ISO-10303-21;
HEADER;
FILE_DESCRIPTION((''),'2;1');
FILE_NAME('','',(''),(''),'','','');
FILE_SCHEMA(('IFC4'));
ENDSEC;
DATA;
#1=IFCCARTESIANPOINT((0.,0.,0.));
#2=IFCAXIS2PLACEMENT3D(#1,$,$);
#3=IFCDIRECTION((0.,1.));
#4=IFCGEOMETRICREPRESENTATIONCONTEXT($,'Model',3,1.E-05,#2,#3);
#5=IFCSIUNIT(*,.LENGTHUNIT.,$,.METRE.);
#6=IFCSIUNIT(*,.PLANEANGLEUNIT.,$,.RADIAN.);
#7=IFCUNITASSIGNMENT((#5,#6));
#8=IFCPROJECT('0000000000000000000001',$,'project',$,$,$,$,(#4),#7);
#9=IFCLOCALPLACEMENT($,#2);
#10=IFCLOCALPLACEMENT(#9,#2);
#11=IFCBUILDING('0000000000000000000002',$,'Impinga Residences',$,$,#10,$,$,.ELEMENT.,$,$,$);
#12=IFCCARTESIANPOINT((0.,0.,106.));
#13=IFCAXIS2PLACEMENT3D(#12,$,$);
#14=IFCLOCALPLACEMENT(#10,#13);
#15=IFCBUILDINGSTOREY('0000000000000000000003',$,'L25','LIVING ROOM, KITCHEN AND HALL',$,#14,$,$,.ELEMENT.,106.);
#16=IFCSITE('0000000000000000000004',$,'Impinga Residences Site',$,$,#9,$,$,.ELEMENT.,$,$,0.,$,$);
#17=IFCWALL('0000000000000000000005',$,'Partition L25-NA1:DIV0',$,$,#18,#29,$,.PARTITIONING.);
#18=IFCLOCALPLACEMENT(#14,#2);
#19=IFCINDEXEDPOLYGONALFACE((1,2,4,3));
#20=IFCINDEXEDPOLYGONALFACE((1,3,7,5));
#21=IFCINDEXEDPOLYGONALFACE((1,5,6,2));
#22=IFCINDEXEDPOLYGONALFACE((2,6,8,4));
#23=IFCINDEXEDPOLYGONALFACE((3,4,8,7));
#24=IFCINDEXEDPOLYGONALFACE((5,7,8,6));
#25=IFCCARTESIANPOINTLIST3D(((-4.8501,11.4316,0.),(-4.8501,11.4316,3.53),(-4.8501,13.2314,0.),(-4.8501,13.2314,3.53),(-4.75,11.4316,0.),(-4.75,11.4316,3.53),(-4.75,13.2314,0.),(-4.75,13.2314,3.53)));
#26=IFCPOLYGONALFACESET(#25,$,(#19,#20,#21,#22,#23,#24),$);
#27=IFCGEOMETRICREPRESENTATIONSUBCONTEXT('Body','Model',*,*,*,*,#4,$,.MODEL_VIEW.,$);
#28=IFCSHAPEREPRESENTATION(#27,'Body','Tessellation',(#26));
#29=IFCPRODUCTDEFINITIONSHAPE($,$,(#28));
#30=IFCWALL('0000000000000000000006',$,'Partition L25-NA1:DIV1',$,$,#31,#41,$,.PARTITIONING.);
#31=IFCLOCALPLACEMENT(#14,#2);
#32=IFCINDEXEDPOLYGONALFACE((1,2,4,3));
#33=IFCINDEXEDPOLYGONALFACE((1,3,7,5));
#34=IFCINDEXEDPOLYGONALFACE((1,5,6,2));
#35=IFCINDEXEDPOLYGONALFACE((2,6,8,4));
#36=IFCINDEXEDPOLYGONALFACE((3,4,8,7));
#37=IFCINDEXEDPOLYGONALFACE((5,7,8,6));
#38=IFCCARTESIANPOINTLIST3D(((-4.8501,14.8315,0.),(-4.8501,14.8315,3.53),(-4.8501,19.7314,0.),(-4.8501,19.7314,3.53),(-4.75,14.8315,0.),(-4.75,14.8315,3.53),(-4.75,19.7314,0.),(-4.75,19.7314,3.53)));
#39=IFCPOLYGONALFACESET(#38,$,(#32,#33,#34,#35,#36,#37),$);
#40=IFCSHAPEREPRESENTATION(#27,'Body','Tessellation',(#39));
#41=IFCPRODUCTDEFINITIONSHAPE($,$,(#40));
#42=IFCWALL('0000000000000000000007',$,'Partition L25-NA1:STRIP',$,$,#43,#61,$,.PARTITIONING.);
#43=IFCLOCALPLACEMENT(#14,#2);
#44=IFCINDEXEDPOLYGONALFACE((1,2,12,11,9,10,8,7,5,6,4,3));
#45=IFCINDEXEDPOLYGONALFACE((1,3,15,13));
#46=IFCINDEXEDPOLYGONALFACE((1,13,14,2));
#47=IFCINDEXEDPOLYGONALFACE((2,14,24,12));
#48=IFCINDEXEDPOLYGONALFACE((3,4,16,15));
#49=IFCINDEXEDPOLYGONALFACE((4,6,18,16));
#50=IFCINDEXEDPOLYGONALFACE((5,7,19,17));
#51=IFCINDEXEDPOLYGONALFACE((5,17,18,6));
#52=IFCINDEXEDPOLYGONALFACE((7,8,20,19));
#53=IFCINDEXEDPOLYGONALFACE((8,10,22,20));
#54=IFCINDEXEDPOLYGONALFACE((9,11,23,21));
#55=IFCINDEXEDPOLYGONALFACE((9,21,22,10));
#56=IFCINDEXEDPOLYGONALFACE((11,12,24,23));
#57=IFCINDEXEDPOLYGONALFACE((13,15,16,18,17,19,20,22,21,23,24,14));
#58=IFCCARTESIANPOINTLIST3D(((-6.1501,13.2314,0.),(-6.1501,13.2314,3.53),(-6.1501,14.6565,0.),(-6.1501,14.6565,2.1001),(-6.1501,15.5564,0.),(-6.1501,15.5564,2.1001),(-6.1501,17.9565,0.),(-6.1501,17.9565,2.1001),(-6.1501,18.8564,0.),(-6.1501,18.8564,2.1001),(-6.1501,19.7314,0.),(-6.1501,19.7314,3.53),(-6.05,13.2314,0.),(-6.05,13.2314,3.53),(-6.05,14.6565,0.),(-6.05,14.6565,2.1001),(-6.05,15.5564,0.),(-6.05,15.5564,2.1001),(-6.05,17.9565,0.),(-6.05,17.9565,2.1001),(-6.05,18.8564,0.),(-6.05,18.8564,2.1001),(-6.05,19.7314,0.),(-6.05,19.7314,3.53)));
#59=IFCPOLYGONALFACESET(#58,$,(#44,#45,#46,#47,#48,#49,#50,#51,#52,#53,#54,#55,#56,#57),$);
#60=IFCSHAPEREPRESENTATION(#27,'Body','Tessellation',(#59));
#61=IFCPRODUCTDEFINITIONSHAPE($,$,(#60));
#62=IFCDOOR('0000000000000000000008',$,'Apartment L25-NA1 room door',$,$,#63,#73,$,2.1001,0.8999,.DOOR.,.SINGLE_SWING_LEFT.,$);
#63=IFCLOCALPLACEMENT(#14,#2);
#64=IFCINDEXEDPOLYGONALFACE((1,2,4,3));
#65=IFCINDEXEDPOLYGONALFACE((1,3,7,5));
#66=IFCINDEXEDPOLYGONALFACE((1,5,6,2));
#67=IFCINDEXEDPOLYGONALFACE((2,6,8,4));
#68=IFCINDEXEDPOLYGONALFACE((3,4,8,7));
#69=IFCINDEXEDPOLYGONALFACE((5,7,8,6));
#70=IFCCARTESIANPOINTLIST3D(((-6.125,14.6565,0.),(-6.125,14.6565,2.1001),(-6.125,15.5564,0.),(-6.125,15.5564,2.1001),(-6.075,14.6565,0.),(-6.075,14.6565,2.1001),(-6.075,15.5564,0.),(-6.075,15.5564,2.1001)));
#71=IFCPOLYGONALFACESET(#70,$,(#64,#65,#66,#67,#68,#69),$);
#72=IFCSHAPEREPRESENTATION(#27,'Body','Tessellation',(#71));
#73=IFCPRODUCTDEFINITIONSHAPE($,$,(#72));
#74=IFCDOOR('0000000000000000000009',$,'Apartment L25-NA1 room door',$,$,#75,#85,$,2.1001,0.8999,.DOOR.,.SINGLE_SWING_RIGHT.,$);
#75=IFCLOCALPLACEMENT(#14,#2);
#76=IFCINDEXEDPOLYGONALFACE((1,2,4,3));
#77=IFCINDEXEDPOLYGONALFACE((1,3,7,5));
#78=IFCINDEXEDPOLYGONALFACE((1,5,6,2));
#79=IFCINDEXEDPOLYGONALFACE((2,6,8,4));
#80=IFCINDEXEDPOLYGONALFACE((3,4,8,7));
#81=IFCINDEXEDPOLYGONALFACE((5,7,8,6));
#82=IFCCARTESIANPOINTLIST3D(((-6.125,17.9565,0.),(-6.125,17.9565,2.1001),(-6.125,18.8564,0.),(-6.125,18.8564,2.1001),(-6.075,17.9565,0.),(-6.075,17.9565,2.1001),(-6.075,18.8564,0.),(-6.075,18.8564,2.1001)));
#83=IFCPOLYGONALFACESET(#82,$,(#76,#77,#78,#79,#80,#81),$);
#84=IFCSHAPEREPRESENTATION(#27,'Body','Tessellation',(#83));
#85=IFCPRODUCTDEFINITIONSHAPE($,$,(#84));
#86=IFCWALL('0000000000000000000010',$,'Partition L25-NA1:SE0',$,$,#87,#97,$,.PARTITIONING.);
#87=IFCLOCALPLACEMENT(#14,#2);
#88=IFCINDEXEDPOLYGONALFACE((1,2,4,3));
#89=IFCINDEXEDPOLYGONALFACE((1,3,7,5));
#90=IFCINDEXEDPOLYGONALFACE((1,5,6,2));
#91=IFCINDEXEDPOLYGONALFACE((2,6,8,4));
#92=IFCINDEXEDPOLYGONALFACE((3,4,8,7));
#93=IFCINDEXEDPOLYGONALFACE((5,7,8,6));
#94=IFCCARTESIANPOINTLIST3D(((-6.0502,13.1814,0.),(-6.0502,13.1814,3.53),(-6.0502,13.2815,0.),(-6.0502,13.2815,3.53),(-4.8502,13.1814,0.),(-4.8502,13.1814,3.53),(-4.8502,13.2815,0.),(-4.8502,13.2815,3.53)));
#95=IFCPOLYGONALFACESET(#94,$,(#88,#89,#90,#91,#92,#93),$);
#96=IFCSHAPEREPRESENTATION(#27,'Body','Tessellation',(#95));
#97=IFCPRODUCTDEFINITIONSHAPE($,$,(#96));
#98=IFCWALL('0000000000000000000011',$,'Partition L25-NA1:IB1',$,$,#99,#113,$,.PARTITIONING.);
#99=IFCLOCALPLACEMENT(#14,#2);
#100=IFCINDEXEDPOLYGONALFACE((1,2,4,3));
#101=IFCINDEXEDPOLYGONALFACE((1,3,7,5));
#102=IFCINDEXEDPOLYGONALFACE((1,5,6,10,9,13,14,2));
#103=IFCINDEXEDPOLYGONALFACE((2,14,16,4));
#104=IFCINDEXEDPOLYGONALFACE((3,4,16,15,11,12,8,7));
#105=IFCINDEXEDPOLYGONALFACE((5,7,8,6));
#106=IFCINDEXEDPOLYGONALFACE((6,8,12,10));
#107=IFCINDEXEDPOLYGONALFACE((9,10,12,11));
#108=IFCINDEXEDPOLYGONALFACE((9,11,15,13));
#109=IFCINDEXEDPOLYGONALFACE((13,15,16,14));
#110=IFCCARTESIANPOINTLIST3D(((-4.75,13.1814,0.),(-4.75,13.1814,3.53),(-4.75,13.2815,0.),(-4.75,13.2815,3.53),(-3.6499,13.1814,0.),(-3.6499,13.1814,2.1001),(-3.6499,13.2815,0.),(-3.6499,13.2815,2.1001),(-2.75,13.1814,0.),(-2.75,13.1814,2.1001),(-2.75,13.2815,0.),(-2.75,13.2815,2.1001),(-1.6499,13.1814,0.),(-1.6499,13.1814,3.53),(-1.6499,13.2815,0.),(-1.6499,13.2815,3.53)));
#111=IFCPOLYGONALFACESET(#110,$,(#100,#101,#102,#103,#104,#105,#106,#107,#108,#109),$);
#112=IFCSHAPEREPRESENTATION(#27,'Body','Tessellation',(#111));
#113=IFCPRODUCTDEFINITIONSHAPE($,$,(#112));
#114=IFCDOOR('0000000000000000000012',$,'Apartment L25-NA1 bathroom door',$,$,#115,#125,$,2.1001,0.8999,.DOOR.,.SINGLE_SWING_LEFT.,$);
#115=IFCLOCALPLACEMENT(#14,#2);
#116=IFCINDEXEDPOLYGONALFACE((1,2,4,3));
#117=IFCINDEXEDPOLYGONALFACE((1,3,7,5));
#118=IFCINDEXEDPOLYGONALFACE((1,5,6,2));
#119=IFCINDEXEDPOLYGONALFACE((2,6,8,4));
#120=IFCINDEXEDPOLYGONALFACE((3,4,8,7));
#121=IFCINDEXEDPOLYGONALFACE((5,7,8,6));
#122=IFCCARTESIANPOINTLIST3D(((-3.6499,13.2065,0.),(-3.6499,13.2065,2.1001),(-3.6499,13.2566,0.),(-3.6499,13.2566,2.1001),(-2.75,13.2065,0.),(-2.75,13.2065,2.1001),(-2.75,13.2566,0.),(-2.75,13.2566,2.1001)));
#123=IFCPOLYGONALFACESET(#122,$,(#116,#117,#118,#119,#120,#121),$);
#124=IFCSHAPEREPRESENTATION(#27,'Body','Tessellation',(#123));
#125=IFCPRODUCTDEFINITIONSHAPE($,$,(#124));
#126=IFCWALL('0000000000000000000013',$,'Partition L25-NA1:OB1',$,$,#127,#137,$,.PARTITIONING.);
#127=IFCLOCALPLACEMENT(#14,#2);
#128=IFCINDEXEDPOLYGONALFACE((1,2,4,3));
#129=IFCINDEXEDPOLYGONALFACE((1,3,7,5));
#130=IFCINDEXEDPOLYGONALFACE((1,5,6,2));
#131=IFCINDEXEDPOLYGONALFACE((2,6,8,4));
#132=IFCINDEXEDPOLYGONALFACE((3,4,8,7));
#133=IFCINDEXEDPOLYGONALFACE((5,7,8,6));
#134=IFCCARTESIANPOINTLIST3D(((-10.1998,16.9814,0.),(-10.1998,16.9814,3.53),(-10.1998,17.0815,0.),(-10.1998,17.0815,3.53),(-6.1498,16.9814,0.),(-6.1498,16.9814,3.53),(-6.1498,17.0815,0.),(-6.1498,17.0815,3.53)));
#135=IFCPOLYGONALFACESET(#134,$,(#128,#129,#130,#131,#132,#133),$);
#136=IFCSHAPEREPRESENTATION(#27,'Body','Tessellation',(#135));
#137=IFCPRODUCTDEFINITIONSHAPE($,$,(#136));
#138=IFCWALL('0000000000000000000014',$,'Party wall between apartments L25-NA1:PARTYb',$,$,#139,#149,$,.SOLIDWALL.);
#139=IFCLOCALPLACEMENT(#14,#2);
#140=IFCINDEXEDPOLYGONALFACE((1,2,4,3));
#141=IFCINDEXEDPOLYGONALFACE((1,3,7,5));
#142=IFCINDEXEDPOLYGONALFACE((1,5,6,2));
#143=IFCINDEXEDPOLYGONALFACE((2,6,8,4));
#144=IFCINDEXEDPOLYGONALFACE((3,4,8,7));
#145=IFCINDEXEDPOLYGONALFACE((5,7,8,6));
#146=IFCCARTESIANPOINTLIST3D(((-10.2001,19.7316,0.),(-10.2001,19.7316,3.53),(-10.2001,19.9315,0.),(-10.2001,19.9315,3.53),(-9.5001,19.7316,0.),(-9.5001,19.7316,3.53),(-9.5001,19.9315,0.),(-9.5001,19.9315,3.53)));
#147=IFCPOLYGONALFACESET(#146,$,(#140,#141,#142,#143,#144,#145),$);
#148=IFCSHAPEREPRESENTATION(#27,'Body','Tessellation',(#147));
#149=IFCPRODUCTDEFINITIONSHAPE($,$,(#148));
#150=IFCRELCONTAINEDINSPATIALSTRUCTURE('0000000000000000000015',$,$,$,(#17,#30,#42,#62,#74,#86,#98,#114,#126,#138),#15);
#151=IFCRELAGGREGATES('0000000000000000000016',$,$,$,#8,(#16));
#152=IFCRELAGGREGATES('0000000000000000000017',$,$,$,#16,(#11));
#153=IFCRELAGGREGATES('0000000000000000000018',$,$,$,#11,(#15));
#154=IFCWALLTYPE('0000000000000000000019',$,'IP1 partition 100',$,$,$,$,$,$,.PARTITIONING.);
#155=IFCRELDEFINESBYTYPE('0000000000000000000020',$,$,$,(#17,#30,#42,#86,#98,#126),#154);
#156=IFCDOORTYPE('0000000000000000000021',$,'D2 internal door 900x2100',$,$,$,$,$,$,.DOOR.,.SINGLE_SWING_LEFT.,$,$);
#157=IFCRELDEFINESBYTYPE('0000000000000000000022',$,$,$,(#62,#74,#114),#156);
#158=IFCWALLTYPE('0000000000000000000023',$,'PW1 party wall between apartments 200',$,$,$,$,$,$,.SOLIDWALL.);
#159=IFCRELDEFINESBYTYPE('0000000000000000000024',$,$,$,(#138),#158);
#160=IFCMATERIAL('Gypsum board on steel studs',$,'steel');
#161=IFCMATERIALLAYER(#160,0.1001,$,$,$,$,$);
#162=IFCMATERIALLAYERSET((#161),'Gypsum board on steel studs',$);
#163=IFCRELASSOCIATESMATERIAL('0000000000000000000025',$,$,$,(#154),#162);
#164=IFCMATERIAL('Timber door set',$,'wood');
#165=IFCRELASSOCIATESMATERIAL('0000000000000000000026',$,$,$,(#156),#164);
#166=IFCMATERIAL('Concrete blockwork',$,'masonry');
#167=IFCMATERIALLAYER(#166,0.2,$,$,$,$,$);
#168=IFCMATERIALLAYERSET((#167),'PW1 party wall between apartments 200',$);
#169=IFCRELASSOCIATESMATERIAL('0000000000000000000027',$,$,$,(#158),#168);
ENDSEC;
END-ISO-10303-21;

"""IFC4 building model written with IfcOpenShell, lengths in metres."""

from ifc_helpers import new_model, si_unit, direction, frame, frame_2d, origin, place, context, subcontext, project, spatial, rectangle, extrude, material, layer, layer_set, type_object, element, fill, save


model = new_model("IFC4")

# Units and contexts
model_context = context("Model", 3, precision=1e-05, world=origin(), true_north=direction((0.0, 1.0)))
body_context = subcontext(model_context, "Body", "Model", "MODEL_VIEW")
ifc_project = project(units=[si_unit("LENGTHUNIT", "METRE"), si_unit("PLANEANGLEUNIT", "RADIAN")], contexts=[model_context])

# Site, building, storey
site_placement = place(None, origin())
site = spatial("IfcSite", under=ifc_project, at=site_placement, Name="Impinga Residences Site", CompositionType="ELEMENT", RefElevation=0.0)
building_placement = place(site_placement, origin())
building = spatial("IfcBuilding", under=site, at=building_placement, Name="Impinga Residences", CompositionType="ELEMENT")
storey_placement = place(building_placement, frame((0.0, 0.0, 106.0)))
storey = spatial("IfcBuildingStorey", under=building, at=storey_placement, Name="L25", Description="LIVING ROOM, KITCHEN AND HALL", CompositionType="ELEMENT", Elevation=106.0)

# Walls
ifc_material_1 = material(Name="Gypsum board on steel studs", Category="steel")
ifc_layer_1 = layer(ifc_material_1, 0.1001)
ifc_layer_set_1 = layer_set([ifc_layer_1], Name="Gypsum board on steel studs")
wall_type_1 = type_object("IfcWallType", Name="IP1 partition 100", PredefinedType="PARTITIONING", material=ifc_layer_set_1)
wall_1_placement = place(storey_placement, frame((-4.8, 11.4316, 0.0), z_axis=(0.0, 0.0, 1.0), x_axis=(0.0, 1.0, 0.0)))
element("IfcWall", 1, at=wall_1_placement, inside=storey, type_object=wall_type_1, Name="Partition L25-NA1:DIV0", PredefinedType="PARTITIONING", context=body_context, shape_type="SweptSolid", body=[
    extrude(rectangle(XDim=1.7998, YDim=0.1001, at=frame_2d((0.8999, 0.0))), origin(), (0.0, 0.0, 1.0), 3.53),
])
wall_2_placement = place(storey_placement, frame((-4.8, 14.8315, 0.0), z_axis=(0.0, 0.0, 1.0), x_axis=(0.0, 1.0, 0.0)))
element("IfcWall", 2, at=wall_2_placement, inside=storey, type_object=wall_type_1, Name="Partition L25-NA1:DIV1", PredefinedType="PARTITIONING", context=body_context, shape_type="SweptSolid", body=[
    extrude(rectangle(XDim=4.8999, YDim=0.1001, at=frame_2d((2.45, 0.0))), origin(), (0.0, 0.0, 1.0), 3.53),
])

# Wall, openings, doors
wall_3_placement = place(storey_placement, frame((-6.1001, 13.2314, 0.0), z_axis=(0.0, 0.0, 1.0), x_axis=(0.0, 1.0, 0.0)))
wall_3 = element("IfcWall", 3, at=wall_3_placement, inside=storey, type_object=wall_type_1, Name="Partition L25-NA1:STRIP", PredefinedType="PARTITIONING", context=body_context, shape_type="SweptSolid", body=[
    extrude(rectangle(XDim=6.5, YDim=0.1001, at=frame_2d((3.25, 0.0))), origin(), (0.0, 0.0, 1.0), 3.53),
])
opening_1_placement = place(wall_3_placement, frame((1.425, 0.0, 0.0)))
opening_1 = element("IfcOpeningElement", 4, at=opening_1_placement, cuts=wall_3, PredefinedType="OPENING", context=body_context, shape_type="SweptSolid", body=[
    extrude(rectangle(XDim=0.8999, YDim=2.1001, at=frame_2d((0.45, 1.05))), frame((0.0, 0.0601, 0.0), z_axis=(0.0, -1.0, 0.0), x_axis=(1.0, 0.0, 0.0)), (0.0, 0.0, 1.0), 0.1201),
])
opening_2_placement = place(wall_3_placement, frame((4.7251, 0.0, 0.0)))
opening_2 = element("IfcOpeningElement", 5, at=opening_2_placement, cuts=wall_3, PredefinedType="OPENING", context=body_context, shape_type="SweptSolid", body=[
    extrude(rectangle(XDim=0.8999, YDim=2.1001, at=frame_2d((0.45, 1.05))), frame((0.0, 0.0601, 0.0), z_axis=(0.0, -1.0, 0.0), x_axis=(1.0, 0.0, 0.0)), (0.0, 0.0, 1.0), 0.1201),
])
ifc_material_2 = material(Name="Timber door set", Category="wood")
door_type = type_object("IfcDoorType", Name="D2 internal door 900x2100", OperationType="SINGLE_SWING_LEFT", PredefinedType="DOOR", material=ifc_material_2)
door_1_placement = place(opening_1_placement, origin())
door_1 = element("IfcDoor", 6, at=door_1_placement, inside=storey, type_object=door_type, Name="Apartment L25-NA1 room door", OperationType="SINGLE_SWING_LEFT", OverallHeight=2.1001, OverallWidth=0.8999, PredefinedType="DOOR", context=body_context, shape_type="SweptSolid", body=[
    extrude(rectangle(XDim=0.8999, YDim=2.1001, at=frame_2d((0.45, 1.05))), frame((0.0, 0.0249, 0.0), z_axis=(0.0, -1.0, 0.0), x_axis=(1.0, 0.0, 0.0)), (0.0, 0.0, 1.0), 0.05),
])
fill(opening_1, door_1)
door_2_placement = place(opening_2_placement, origin())
door_2 = element("IfcDoor", 7, at=door_2_placement, inside=storey, type_object=door_type, Name="Apartment L25-NA1 room door", OperationType="SINGLE_SWING_RIGHT", OverallHeight=2.1001, OverallWidth=0.8999, PredefinedType="DOOR", context=body_context, shape_type="SweptSolid", body=[
    extrude(rectangle(XDim=0.8999, YDim=2.1001, at=frame_2d((0.45, 1.05))), frame((0.0, 0.0249, 0.0), z_axis=(0.0, -1.0, 0.0), x_axis=(1.0, 0.0, 0.0)), (0.0, 0.0, 1.0), 0.05),
])
fill(opening_2, door_2)

# Wall
wall_4_placement = place(storey_placement, frame((-4.8501, 13.2314, 0.0), z_axis=(0.0, 0.0, 1.0), x_axis=(-1.0, 0.0, 0.0)))
element("IfcWall", 8, at=wall_4_placement, inside=storey, type_object=wall_type_1, Name="Partition L25-NA1:SE0", PredefinedType="PARTITIONING", context=body_context, shape_type="SweptSolid", body=[
    extrude(rectangle(XDim=1.2, YDim=0.1001, at=frame_2d((0.6001, 0.0))), origin(), (0.0, 0.0, 1.0), 3.53),
])

# Wall, opening, door
wall_5_placement = place(storey_placement, frame((-1.6499, 13.2314, 0.0), z_axis=(0.0, 0.0, 1.0), x_axis=(-1.0, 0.0, 0.0)))
wall_5 = element("IfcWall", 9, at=wall_5_placement, inside=storey, type_object=wall_type_1, Name="Partition L25-NA1:IB1", PredefinedType="PARTITIONING", context=body_context, shape_type="SweptSolid", body=[
    extrude(rectangle(XDim=3.1001, YDim=0.1001, at=frame_2d((1.55, 0.0))), origin(), (0.0, 0.0, 1.0), 3.53),
])
opening_3_placement = place(wall_5_placement, frame((1.1001, 0.0, 0.0)))
opening_3 = element("IfcOpeningElement", 10, at=opening_3_placement, cuts=wall_5, PredefinedType="OPENING", context=body_context, shape_type="SweptSolid", body=[
    extrude(rectangle(XDim=0.8999, YDim=2.1001, at=frame_2d((0.45, 1.05))), frame((0.0, 0.0601, 0.0), z_axis=(0.0, -1.0, 0.0), x_axis=(1.0, 0.0, 0.0)), (0.0, 0.0, 1.0), 0.1201),
])
door_3_placement = place(opening_3_placement, origin())
door_3 = element("IfcDoor", 11, at=door_3_placement, inside=storey, type_object=door_type, Name="Apartment L25-NA1 bathroom door", OperationType="SINGLE_SWING_LEFT", OverallHeight=2.1001, OverallWidth=0.8999, PredefinedType="DOOR", context=body_context, shape_type="SweptSolid", body=[
    extrude(rectangle(XDim=0.8999, YDim=2.1001, at=frame_2d((0.45, 1.05))), frame((0.0, 0.0249, 0.0), z_axis=(0.0, -1.0, 0.0), x_axis=(1.0, 0.0, 0.0)), (0.0, 0.0, 1.0), 0.05),
])
fill(opening_3, door_3)

# Walls
wall_6_placement = place(storey_placement, frame((-6.1499, 17.0315, 0.0), z_axis=(0.0, 0.0, 1.0), x_axis=(-1.0, 0.0, 0.0)))
element("IfcWall", 12, at=wall_6_placement, inside=storey, type_object=wall_type_1, Name="Partition L25-NA1:OB1", PredefinedType="PARTITIONING", context=body_context, shape_type="SweptSolid", body=[
    extrude(rectangle(XDim=4.05, YDim=0.1001, at=frame_2d((2.0249, 0.0))), origin(), (0.0, 0.0, 1.0), 3.53),
])
ifc_material_3 = material(Name="Concrete blockwork", Category="masonry")
ifc_layer_2 = layer(ifc_material_3, 0.2)
ifc_layer_set_2 = layer_set([ifc_layer_2], Name="PW1 party wall between apartments 200")
wall_type_2 = type_object("IfcWallType", Name="PW1 party wall between apartments 200", PredefinedType="SOLIDWALL", material=ifc_layer_set_2)
wall_7_placement = place(storey_placement, frame((-9.5, 19.8315, 0.0), z_axis=(0.0, 0.0, 1.0), x_axis=(-1.0, 0.0, 0.0)))
element("IfcWall", 13, at=wall_7_placement, inside=storey, type_object=wall_type_2, Name="Party wall between apartments L25-NA1:PARTYb", PredefinedType="SOLIDWALL", context=body_context, shape_type="SweptSolid", body=[
    extrude(rectangle(XDim=0.7, YDim=0.2, at=frame_2d((0.3501, 0.0))), origin(), (0.0, 0.0, 1.0), 3.53),
])

save(model, "model.ifc")
